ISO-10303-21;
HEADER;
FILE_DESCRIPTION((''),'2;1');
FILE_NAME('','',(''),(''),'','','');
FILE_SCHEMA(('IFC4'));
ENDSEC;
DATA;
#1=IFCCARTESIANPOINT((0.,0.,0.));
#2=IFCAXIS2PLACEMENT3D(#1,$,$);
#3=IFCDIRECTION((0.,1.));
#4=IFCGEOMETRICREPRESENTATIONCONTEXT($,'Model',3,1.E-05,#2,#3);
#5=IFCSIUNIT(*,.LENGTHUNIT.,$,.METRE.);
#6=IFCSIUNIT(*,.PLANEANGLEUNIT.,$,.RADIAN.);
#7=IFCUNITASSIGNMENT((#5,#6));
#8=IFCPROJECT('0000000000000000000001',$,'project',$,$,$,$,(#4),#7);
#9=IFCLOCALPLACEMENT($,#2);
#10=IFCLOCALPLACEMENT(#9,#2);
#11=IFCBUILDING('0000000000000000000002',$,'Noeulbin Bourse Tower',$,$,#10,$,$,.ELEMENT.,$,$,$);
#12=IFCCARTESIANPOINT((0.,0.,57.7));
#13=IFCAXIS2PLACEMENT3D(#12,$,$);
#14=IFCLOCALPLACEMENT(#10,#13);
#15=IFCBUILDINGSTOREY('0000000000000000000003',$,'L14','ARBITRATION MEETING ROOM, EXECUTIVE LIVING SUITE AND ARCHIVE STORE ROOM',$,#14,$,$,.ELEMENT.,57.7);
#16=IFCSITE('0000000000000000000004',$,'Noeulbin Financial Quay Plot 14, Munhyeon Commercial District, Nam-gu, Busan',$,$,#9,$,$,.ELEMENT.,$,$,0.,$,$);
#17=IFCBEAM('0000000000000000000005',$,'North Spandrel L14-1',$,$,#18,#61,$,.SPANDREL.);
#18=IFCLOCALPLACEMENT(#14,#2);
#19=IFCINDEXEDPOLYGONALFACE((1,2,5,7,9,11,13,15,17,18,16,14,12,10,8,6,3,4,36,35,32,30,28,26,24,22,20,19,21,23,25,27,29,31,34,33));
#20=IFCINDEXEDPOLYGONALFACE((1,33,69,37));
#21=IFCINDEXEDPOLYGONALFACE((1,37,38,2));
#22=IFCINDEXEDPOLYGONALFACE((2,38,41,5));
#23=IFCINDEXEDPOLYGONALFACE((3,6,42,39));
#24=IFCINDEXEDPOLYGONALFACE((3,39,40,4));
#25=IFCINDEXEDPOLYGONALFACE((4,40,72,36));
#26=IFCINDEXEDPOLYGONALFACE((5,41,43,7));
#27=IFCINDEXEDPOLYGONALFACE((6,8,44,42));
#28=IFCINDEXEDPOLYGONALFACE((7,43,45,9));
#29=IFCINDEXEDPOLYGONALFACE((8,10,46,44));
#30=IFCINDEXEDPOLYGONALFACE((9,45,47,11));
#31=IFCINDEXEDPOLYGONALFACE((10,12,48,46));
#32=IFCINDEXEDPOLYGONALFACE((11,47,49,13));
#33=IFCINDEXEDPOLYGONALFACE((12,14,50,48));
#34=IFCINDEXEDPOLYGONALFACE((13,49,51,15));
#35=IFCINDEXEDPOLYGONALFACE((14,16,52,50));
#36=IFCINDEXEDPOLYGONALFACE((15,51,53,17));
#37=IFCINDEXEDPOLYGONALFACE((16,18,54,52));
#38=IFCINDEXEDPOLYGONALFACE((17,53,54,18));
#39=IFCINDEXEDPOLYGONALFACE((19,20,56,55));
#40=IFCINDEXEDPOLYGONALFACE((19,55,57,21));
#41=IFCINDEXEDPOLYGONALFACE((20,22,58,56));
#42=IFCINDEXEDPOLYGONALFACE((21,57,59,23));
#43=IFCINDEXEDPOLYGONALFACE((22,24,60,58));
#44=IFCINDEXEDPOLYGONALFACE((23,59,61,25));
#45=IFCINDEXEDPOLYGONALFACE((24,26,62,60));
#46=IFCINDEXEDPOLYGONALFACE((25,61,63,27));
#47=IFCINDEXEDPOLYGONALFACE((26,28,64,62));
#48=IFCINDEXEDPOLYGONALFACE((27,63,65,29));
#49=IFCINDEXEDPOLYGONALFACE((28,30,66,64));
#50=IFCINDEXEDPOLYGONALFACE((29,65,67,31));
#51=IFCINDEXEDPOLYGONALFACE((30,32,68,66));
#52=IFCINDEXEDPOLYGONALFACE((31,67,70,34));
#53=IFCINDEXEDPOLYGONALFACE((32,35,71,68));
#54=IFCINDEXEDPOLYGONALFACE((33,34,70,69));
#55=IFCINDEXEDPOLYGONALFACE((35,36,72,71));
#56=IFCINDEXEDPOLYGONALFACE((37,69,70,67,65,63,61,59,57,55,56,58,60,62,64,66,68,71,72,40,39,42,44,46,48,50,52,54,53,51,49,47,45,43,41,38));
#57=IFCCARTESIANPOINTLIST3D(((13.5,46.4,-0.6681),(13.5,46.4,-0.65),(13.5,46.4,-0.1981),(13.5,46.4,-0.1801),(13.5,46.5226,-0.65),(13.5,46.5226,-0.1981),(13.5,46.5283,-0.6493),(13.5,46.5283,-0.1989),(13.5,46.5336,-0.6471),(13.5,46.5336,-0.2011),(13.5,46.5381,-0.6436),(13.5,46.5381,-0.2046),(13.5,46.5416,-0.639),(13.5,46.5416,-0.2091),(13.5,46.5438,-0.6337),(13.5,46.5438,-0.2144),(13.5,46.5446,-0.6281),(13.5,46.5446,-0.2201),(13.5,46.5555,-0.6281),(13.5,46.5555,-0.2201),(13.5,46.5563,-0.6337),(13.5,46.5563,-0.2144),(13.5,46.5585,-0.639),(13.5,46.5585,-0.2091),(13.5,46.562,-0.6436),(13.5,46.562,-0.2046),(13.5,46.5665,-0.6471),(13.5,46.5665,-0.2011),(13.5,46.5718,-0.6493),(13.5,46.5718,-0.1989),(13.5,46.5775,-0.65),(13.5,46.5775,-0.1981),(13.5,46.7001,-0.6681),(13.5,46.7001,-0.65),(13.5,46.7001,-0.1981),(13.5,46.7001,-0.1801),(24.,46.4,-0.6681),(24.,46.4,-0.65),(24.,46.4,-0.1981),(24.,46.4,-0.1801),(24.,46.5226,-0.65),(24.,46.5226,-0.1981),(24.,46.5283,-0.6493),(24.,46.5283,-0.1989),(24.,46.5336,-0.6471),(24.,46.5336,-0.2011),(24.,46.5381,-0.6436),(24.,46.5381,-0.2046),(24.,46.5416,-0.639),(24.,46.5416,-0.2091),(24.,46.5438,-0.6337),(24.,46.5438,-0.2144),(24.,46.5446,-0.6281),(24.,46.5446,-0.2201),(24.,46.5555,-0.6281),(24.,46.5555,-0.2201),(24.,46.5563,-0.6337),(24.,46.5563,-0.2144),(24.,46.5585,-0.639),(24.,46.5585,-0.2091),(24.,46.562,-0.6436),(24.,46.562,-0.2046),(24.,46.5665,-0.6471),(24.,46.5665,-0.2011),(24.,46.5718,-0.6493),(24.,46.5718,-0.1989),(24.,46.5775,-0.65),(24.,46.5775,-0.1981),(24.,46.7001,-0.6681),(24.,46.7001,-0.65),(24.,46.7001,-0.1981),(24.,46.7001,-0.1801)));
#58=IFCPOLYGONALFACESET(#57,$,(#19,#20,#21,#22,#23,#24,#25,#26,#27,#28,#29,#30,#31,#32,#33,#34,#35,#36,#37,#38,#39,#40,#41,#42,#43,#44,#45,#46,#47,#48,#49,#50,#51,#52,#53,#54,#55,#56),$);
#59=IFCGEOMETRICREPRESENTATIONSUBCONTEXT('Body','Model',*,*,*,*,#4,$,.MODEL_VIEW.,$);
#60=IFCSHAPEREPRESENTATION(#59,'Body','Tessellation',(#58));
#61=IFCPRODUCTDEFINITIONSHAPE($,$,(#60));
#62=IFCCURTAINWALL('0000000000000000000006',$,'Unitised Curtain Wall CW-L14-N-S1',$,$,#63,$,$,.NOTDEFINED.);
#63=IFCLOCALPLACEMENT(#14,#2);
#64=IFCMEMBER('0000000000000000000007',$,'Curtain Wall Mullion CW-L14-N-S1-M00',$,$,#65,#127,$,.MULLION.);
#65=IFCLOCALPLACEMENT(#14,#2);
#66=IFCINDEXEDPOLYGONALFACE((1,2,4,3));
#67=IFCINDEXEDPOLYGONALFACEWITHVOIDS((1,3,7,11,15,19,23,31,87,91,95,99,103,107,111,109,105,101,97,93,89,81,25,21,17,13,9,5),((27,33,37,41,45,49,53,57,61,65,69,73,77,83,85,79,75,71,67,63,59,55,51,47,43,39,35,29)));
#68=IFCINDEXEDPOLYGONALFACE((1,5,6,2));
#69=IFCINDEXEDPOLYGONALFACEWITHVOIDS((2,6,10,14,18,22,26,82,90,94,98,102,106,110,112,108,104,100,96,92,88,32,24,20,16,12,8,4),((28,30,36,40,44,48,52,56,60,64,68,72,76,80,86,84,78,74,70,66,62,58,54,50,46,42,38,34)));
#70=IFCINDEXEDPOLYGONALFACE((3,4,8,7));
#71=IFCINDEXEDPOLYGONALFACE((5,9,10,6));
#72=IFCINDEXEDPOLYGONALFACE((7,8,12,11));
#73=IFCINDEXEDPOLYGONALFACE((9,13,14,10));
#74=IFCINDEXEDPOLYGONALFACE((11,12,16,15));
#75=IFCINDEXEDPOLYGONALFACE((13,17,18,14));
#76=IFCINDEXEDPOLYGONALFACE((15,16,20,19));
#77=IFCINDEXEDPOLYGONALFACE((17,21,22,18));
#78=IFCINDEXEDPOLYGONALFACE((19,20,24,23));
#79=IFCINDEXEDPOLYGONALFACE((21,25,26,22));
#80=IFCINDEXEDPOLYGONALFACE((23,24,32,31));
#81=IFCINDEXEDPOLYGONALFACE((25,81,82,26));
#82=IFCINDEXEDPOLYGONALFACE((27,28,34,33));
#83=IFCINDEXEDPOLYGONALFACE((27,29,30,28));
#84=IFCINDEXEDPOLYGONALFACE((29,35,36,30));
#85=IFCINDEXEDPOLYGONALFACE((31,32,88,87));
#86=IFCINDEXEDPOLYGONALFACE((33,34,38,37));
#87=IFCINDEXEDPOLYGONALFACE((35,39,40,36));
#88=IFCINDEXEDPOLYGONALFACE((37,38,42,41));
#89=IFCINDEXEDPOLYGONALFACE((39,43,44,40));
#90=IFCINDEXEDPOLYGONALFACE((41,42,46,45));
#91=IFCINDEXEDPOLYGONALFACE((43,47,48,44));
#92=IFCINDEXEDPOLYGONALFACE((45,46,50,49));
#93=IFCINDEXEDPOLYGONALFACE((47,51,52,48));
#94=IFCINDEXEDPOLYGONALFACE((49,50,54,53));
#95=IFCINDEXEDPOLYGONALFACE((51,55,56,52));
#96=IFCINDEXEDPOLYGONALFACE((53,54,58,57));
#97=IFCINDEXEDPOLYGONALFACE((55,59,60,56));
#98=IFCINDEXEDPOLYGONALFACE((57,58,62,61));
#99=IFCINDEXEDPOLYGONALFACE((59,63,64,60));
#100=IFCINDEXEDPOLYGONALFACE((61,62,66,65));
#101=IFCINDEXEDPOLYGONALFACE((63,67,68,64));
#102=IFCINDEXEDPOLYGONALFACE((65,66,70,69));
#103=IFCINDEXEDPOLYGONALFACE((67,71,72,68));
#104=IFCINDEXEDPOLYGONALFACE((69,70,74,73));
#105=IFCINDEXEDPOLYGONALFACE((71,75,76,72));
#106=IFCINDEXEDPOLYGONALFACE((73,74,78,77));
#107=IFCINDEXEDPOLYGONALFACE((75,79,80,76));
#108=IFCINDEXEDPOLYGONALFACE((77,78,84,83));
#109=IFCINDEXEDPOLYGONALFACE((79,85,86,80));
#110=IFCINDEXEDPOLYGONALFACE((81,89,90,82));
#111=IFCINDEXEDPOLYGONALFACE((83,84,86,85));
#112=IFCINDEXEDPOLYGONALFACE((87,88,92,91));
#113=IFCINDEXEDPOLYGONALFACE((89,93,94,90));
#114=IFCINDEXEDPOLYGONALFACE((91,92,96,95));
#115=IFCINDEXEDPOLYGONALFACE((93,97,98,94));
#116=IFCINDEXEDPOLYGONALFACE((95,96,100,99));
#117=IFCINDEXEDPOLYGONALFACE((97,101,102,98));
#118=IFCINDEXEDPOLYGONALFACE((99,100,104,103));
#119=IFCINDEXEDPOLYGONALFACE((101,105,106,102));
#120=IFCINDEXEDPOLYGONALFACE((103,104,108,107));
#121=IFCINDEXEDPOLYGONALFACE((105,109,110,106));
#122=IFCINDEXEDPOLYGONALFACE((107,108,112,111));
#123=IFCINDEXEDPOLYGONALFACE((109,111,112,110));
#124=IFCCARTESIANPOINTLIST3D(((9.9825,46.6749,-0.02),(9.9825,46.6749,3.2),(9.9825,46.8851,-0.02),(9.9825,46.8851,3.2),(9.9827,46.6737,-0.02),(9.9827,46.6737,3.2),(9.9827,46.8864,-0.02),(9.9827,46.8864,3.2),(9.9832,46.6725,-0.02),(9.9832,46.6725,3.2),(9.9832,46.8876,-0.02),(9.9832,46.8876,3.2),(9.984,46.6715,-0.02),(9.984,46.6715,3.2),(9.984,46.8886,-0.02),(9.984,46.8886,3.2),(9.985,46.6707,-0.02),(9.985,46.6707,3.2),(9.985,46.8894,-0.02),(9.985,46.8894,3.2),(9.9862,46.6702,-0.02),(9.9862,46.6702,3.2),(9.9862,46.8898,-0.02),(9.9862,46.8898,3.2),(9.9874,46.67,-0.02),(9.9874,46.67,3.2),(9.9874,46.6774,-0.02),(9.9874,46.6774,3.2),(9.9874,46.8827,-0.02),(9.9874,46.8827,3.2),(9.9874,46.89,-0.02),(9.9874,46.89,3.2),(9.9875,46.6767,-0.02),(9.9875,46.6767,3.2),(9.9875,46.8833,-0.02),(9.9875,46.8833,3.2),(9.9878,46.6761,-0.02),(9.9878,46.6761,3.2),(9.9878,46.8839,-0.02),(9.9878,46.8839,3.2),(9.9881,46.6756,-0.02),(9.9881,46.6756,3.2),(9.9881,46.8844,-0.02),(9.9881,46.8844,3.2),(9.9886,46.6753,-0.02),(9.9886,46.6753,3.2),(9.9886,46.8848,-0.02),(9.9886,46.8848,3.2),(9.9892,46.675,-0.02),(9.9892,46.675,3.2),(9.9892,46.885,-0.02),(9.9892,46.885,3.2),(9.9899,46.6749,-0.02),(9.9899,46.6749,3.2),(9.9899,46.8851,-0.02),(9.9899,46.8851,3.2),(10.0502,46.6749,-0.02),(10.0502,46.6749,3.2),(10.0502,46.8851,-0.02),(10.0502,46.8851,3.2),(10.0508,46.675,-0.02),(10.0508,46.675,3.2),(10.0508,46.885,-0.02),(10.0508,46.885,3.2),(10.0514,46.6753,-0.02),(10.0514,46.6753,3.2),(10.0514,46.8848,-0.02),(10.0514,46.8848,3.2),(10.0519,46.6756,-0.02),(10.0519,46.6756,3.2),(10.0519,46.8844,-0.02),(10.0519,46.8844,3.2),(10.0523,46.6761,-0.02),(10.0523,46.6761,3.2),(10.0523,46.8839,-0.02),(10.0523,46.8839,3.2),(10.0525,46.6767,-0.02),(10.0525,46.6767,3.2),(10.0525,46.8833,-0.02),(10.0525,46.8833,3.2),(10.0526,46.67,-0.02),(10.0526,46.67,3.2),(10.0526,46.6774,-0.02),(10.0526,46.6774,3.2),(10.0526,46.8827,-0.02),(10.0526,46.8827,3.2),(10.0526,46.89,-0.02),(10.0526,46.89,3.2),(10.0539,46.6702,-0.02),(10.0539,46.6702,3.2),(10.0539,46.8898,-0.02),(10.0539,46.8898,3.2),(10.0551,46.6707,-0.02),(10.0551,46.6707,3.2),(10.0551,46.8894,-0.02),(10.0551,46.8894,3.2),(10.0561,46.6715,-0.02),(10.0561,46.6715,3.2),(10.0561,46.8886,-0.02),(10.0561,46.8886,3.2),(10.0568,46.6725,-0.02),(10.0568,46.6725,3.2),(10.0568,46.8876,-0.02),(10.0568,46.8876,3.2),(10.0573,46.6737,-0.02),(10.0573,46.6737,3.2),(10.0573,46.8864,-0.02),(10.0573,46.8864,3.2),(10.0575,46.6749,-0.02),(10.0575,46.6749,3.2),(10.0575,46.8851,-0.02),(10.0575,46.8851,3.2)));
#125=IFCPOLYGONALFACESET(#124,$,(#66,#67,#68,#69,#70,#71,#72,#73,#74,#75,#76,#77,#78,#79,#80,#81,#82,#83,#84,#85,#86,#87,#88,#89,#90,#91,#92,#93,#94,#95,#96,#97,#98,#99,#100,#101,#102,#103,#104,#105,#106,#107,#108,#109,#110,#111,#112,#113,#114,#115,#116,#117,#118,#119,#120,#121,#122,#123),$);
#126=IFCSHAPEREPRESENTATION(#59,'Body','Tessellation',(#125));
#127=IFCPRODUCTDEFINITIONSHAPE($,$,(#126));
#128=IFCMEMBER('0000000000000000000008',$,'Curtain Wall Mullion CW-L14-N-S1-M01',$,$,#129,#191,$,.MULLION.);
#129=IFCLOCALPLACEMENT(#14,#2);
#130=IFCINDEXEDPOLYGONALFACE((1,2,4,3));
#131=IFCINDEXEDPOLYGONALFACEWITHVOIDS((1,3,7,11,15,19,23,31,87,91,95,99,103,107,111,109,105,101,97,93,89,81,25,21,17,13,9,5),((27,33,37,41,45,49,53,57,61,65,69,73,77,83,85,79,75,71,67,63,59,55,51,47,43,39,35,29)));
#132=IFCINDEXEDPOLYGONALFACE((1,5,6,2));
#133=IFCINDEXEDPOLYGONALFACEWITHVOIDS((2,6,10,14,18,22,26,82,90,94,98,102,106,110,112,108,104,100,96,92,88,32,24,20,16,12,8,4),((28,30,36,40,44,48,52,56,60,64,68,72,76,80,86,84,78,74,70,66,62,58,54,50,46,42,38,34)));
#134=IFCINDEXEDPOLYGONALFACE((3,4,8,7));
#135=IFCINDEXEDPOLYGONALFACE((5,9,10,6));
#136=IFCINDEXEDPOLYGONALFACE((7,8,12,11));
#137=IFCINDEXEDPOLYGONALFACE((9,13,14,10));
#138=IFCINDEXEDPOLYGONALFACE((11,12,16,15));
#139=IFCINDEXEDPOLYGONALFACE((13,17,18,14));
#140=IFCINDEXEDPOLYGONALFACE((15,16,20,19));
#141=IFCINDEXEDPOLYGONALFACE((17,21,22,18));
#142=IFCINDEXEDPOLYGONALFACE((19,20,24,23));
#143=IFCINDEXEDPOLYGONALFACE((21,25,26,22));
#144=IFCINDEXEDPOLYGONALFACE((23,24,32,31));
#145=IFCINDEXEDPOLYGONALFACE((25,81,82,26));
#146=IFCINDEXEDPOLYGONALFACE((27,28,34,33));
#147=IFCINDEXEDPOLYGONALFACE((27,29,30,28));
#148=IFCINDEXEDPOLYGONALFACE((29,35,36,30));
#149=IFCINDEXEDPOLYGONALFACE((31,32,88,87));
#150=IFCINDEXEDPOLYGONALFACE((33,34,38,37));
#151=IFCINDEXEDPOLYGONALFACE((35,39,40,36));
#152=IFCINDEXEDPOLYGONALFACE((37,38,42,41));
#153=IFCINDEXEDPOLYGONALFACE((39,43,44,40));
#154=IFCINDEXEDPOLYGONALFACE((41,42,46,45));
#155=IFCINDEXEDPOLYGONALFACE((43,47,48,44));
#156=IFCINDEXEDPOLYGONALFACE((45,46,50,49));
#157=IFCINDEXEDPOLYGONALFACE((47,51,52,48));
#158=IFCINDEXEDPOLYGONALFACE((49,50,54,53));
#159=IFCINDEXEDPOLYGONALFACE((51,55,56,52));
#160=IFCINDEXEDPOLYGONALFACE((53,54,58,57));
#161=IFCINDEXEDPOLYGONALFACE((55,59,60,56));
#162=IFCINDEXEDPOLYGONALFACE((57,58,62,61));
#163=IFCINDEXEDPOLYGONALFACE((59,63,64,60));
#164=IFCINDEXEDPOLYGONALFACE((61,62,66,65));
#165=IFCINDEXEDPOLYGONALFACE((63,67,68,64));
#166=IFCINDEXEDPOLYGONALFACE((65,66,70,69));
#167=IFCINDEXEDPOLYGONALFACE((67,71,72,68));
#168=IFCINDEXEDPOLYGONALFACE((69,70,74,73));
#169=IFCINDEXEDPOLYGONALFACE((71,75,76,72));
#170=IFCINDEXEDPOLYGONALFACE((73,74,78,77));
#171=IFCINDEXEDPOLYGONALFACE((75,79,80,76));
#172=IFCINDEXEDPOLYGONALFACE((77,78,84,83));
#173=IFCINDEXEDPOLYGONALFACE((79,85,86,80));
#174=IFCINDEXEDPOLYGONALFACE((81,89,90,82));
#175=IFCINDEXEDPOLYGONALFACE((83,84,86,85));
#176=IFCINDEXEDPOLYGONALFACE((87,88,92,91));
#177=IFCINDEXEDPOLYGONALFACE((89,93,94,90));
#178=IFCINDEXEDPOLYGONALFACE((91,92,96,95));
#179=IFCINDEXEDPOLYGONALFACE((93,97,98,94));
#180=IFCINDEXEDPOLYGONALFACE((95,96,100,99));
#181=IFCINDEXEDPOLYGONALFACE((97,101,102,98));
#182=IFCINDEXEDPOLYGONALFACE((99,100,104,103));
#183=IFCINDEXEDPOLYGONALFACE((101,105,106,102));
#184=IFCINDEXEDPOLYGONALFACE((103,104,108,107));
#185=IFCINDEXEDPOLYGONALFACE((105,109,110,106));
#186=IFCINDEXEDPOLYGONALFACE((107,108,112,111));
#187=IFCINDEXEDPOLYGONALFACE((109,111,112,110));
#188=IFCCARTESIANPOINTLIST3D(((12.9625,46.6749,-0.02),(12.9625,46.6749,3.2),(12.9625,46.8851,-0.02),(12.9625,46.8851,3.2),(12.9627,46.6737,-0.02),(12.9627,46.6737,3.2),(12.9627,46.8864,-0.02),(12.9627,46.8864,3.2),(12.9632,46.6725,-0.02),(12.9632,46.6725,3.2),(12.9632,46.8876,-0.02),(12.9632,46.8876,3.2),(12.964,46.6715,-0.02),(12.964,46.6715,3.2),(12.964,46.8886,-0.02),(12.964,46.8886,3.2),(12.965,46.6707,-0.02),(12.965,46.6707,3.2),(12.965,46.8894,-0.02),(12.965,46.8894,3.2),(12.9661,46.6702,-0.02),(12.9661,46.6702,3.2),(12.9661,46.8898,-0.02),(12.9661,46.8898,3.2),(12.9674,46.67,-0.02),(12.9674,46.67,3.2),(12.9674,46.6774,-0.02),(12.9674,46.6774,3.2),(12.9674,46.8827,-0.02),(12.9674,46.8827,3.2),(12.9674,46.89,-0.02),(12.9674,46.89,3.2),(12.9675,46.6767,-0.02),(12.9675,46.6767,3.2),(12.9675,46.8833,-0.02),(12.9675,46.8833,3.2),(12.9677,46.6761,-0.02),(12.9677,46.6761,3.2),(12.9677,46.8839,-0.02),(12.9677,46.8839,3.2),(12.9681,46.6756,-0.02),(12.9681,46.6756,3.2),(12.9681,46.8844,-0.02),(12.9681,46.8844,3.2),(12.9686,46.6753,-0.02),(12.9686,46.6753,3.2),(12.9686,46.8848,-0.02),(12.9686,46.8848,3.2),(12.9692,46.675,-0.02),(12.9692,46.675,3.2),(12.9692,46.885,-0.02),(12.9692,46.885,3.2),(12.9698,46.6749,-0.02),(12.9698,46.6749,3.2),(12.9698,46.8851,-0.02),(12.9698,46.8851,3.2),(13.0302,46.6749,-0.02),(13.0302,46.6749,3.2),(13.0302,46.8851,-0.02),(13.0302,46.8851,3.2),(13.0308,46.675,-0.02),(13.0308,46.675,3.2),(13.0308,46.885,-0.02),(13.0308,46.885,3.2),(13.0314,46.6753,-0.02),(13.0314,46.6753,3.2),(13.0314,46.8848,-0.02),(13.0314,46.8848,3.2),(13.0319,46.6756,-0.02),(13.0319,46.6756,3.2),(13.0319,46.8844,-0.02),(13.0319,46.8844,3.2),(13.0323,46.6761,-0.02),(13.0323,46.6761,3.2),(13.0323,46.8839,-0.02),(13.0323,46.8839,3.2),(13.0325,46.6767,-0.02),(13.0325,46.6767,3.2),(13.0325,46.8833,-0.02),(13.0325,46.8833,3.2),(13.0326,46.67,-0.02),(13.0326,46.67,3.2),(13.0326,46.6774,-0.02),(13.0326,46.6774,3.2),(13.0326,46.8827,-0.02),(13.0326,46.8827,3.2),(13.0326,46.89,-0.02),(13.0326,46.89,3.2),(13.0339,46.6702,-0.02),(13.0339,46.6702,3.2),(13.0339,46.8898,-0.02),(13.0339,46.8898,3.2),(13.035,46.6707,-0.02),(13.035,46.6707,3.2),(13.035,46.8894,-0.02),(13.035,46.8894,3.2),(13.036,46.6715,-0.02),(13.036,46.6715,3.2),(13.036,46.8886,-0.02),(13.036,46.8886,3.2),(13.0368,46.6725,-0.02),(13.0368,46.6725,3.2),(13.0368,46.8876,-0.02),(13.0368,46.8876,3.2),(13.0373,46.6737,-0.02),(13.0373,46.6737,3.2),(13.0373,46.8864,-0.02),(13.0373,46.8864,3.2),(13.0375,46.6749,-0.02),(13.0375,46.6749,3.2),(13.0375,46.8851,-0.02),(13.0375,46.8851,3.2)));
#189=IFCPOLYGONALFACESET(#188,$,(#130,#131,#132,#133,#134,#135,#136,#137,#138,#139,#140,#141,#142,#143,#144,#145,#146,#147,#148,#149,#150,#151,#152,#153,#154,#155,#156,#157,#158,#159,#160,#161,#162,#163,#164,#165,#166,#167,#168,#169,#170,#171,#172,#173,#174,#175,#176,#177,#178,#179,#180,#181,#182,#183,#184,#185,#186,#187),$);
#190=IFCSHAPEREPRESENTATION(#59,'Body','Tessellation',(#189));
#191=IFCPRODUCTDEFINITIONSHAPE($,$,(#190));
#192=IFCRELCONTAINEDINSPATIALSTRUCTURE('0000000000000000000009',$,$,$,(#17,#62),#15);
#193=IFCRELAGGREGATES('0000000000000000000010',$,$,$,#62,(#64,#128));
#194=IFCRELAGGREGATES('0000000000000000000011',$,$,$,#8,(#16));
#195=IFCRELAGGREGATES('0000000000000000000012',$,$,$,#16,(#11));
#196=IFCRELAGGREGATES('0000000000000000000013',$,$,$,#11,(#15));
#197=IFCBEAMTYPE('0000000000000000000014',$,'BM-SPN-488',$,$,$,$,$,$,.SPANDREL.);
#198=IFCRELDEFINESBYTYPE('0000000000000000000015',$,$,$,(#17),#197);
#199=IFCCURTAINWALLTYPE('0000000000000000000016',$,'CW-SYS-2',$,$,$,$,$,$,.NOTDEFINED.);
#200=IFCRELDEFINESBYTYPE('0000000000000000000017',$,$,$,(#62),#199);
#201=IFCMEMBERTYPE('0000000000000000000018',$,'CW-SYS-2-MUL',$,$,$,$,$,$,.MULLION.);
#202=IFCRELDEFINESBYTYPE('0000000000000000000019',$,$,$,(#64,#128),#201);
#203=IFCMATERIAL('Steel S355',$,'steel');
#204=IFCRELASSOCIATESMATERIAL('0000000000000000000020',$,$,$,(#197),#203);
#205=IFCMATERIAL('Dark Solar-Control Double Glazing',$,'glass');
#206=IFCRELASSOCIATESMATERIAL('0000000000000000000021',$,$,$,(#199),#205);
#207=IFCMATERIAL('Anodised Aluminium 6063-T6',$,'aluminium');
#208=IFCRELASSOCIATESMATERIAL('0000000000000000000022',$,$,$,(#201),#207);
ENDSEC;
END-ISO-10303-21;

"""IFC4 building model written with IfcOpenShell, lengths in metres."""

from ifc_helpers import new_model, si_unit, direction, frame, origin, origin_2d, place, context, subcontext, project, spatial, hollow_rectangle, i_section, extrude, material, material_profile, profile_set, type_object, element, aggregate, save


model = new_model("IFC4")

# Units and contexts
model_context = context("Model", 3, precision=1e-05, world=origin(), true_north=direction((0.0, 1.0)))
body_context = subcontext(model_context, "Body", "Model", "MODEL_VIEW")
ifc_project = project(units=[si_unit("LENGTHUNIT", "METRE"), si_unit("PLANEANGLEUNIT", "RADIAN")], contexts=[model_context])

# Site, building, storey
site_placement = place(None, origin())
site = spatial("IfcSite", under=ifc_project, at=site_placement, Name="Noeulbin Financial Quay Plot 14, Munhyeon Commercial District, Nam-gu, Busan", CompositionType="ELEMENT", RefElevation=0.0)
building_placement = place(site_placement, origin())
building = spatial("IfcBuilding", under=site, at=building_placement, Name="Noeulbin Bourse Tower", CompositionType="ELEMENT")
storey_placement = place(building_placement, frame((0.0, 0.0, 57.7)))
storey = spatial("IfcBuildingStorey", under=building, at=storey_placement, Name="L14", Description="ARBITRATION MEETING ROOM, EXECUTIVE LIVING SUITE AND ARCHIVE STORE ROOM", CompositionType="ELEMENT", Elevation=57.7)

# Beam
ifc_material_1 = material(Name="Steel S355", Category="steel")
ifc_material_profile_1 = material_profile(ifc_material_1, i_section(OverallWidth=0.3, OverallDepth=0.488, WebThickness=0.011, FlangeThickness=0.0181, FilletRadius=0.022, at=origin_2d()), Name="H-488x300x11x18", Category="LoadBearing")
ifc_profile_set_1 = profile_set([ifc_material_profile_1], Name="Steel S355")
beam_type_1 = type_object("IfcBeamType", Name="BM-SPN-488", PredefinedType="SPANDREL", material=ifc_profile_set_1)
beam_1_placement = place(storey_placement, frame((13.5, 46.55, -0.4241), z_axis=(1.0, 0.0, 0.0), x_axis=(0.0, 1.0, 0.0)))
element("IfcBeam", 1, at=beam_1_placement, inside=storey, type_object=beam_type_1, Name="North Spandrel L14-1", PredefinedType="SPANDREL", context=body_context, shape_type="SweptSolid", body=[
    extrude(i_section(OverallWidth=0.3, OverallDepth=0.488, WebThickness=0.011, FlangeThickness=0.0181, FilletRadius=0.022, at=origin_2d()), origin(), (0.0, 0.0, 1.0), 10.5),
])

# Curtain wall, members
ifc_material_2 = material(Name="Dark Solar-Control Double Glazing", Category="glass")
curtain_wall_type = type_object("IfcCurtainWallType", Name="CW-SYS-2", PredefinedType="NOTDEFINED", material=ifc_material_2)
curtain_wall_1_placement = place(storey_placement, origin())
curtain_wall_1 = element("IfcCurtainWall", 2, at=curtain_wall_1_placement, inside=storey, type_object=curtain_wall_type, Name="Unitised Curtain Wall CW-L14-N-S1", PredefinedType="NOTDEFINED")
ifc_material_3 = material(Name="Anodised Aluminium 6063-T6", Category="aluminium")
ifc_material_profile_2 = material_profile(ifc_material_3, hollow_rectangle(XDim=0.075, YDim=0.22, WallThickness=0.0049, InnerFilletRadius=0.0024, OuterFilletRadius=0.0049, at=origin_2d()), Name="ALU-MULL-75x220x5", Category="LoadBearing")
ifc_profile_set_2 = profile_set([ifc_material_profile_2], Name="Anodised Aluminium 6063-T6")
member_type_1 = type_object("IfcMemberType", Name="CW-SYS-2-MUL", PredefinedType="MULLION", material=ifc_profile_set_2)
member_1_placement = place(storey_placement, frame((10.02, 46.78, -0.02), z_axis=(0.0, 0.0, 1.0), x_axis=(1.0, 0.0, 0.0)))
member_1 = element("IfcMember", 3, at=member_1_placement, type_object=member_type_1, Name="Curtain Wall Mullion CW-L14-N-S1-M00", PredefinedType="MULLION", context=body_context, shape_type="SweptSolid", body=[
    extrude(hollow_rectangle(XDim=0.075, YDim=0.22, WallThickness=0.0049, InnerFilletRadius=0.0024, OuterFilletRadius=0.0049, at=origin_2d()), origin(), (0.0, 0.0, 1.0), 3.22),
])
member_2_placement = place(storey_placement, frame((13.0, 46.78, -0.02), z_axis=(0.0, 0.0, 1.0), x_axis=(1.0, 0.0, 0.0)))
member_2 = element("IfcMember", 4, at=member_2_placement, type_object=member_type_1, Name="Curtain Wall Mullion CW-L14-N-S1-M01", PredefinedType="MULLION", context=body_context, shape_type="SweptSolid", body=[
    extrude(hollow_rectangle(XDim=0.075, YDim=0.22, WallThickness=0.0049, InnerFilletRadius=0.0024, OuterFilletRadius=0.0049, at=origin_2d()), origin(), (0.0, 0.0, 1.0), 3.22),
])

aggregate(curtain_wall_1, [member_1, member_2])

save(model, "model.ifc")
